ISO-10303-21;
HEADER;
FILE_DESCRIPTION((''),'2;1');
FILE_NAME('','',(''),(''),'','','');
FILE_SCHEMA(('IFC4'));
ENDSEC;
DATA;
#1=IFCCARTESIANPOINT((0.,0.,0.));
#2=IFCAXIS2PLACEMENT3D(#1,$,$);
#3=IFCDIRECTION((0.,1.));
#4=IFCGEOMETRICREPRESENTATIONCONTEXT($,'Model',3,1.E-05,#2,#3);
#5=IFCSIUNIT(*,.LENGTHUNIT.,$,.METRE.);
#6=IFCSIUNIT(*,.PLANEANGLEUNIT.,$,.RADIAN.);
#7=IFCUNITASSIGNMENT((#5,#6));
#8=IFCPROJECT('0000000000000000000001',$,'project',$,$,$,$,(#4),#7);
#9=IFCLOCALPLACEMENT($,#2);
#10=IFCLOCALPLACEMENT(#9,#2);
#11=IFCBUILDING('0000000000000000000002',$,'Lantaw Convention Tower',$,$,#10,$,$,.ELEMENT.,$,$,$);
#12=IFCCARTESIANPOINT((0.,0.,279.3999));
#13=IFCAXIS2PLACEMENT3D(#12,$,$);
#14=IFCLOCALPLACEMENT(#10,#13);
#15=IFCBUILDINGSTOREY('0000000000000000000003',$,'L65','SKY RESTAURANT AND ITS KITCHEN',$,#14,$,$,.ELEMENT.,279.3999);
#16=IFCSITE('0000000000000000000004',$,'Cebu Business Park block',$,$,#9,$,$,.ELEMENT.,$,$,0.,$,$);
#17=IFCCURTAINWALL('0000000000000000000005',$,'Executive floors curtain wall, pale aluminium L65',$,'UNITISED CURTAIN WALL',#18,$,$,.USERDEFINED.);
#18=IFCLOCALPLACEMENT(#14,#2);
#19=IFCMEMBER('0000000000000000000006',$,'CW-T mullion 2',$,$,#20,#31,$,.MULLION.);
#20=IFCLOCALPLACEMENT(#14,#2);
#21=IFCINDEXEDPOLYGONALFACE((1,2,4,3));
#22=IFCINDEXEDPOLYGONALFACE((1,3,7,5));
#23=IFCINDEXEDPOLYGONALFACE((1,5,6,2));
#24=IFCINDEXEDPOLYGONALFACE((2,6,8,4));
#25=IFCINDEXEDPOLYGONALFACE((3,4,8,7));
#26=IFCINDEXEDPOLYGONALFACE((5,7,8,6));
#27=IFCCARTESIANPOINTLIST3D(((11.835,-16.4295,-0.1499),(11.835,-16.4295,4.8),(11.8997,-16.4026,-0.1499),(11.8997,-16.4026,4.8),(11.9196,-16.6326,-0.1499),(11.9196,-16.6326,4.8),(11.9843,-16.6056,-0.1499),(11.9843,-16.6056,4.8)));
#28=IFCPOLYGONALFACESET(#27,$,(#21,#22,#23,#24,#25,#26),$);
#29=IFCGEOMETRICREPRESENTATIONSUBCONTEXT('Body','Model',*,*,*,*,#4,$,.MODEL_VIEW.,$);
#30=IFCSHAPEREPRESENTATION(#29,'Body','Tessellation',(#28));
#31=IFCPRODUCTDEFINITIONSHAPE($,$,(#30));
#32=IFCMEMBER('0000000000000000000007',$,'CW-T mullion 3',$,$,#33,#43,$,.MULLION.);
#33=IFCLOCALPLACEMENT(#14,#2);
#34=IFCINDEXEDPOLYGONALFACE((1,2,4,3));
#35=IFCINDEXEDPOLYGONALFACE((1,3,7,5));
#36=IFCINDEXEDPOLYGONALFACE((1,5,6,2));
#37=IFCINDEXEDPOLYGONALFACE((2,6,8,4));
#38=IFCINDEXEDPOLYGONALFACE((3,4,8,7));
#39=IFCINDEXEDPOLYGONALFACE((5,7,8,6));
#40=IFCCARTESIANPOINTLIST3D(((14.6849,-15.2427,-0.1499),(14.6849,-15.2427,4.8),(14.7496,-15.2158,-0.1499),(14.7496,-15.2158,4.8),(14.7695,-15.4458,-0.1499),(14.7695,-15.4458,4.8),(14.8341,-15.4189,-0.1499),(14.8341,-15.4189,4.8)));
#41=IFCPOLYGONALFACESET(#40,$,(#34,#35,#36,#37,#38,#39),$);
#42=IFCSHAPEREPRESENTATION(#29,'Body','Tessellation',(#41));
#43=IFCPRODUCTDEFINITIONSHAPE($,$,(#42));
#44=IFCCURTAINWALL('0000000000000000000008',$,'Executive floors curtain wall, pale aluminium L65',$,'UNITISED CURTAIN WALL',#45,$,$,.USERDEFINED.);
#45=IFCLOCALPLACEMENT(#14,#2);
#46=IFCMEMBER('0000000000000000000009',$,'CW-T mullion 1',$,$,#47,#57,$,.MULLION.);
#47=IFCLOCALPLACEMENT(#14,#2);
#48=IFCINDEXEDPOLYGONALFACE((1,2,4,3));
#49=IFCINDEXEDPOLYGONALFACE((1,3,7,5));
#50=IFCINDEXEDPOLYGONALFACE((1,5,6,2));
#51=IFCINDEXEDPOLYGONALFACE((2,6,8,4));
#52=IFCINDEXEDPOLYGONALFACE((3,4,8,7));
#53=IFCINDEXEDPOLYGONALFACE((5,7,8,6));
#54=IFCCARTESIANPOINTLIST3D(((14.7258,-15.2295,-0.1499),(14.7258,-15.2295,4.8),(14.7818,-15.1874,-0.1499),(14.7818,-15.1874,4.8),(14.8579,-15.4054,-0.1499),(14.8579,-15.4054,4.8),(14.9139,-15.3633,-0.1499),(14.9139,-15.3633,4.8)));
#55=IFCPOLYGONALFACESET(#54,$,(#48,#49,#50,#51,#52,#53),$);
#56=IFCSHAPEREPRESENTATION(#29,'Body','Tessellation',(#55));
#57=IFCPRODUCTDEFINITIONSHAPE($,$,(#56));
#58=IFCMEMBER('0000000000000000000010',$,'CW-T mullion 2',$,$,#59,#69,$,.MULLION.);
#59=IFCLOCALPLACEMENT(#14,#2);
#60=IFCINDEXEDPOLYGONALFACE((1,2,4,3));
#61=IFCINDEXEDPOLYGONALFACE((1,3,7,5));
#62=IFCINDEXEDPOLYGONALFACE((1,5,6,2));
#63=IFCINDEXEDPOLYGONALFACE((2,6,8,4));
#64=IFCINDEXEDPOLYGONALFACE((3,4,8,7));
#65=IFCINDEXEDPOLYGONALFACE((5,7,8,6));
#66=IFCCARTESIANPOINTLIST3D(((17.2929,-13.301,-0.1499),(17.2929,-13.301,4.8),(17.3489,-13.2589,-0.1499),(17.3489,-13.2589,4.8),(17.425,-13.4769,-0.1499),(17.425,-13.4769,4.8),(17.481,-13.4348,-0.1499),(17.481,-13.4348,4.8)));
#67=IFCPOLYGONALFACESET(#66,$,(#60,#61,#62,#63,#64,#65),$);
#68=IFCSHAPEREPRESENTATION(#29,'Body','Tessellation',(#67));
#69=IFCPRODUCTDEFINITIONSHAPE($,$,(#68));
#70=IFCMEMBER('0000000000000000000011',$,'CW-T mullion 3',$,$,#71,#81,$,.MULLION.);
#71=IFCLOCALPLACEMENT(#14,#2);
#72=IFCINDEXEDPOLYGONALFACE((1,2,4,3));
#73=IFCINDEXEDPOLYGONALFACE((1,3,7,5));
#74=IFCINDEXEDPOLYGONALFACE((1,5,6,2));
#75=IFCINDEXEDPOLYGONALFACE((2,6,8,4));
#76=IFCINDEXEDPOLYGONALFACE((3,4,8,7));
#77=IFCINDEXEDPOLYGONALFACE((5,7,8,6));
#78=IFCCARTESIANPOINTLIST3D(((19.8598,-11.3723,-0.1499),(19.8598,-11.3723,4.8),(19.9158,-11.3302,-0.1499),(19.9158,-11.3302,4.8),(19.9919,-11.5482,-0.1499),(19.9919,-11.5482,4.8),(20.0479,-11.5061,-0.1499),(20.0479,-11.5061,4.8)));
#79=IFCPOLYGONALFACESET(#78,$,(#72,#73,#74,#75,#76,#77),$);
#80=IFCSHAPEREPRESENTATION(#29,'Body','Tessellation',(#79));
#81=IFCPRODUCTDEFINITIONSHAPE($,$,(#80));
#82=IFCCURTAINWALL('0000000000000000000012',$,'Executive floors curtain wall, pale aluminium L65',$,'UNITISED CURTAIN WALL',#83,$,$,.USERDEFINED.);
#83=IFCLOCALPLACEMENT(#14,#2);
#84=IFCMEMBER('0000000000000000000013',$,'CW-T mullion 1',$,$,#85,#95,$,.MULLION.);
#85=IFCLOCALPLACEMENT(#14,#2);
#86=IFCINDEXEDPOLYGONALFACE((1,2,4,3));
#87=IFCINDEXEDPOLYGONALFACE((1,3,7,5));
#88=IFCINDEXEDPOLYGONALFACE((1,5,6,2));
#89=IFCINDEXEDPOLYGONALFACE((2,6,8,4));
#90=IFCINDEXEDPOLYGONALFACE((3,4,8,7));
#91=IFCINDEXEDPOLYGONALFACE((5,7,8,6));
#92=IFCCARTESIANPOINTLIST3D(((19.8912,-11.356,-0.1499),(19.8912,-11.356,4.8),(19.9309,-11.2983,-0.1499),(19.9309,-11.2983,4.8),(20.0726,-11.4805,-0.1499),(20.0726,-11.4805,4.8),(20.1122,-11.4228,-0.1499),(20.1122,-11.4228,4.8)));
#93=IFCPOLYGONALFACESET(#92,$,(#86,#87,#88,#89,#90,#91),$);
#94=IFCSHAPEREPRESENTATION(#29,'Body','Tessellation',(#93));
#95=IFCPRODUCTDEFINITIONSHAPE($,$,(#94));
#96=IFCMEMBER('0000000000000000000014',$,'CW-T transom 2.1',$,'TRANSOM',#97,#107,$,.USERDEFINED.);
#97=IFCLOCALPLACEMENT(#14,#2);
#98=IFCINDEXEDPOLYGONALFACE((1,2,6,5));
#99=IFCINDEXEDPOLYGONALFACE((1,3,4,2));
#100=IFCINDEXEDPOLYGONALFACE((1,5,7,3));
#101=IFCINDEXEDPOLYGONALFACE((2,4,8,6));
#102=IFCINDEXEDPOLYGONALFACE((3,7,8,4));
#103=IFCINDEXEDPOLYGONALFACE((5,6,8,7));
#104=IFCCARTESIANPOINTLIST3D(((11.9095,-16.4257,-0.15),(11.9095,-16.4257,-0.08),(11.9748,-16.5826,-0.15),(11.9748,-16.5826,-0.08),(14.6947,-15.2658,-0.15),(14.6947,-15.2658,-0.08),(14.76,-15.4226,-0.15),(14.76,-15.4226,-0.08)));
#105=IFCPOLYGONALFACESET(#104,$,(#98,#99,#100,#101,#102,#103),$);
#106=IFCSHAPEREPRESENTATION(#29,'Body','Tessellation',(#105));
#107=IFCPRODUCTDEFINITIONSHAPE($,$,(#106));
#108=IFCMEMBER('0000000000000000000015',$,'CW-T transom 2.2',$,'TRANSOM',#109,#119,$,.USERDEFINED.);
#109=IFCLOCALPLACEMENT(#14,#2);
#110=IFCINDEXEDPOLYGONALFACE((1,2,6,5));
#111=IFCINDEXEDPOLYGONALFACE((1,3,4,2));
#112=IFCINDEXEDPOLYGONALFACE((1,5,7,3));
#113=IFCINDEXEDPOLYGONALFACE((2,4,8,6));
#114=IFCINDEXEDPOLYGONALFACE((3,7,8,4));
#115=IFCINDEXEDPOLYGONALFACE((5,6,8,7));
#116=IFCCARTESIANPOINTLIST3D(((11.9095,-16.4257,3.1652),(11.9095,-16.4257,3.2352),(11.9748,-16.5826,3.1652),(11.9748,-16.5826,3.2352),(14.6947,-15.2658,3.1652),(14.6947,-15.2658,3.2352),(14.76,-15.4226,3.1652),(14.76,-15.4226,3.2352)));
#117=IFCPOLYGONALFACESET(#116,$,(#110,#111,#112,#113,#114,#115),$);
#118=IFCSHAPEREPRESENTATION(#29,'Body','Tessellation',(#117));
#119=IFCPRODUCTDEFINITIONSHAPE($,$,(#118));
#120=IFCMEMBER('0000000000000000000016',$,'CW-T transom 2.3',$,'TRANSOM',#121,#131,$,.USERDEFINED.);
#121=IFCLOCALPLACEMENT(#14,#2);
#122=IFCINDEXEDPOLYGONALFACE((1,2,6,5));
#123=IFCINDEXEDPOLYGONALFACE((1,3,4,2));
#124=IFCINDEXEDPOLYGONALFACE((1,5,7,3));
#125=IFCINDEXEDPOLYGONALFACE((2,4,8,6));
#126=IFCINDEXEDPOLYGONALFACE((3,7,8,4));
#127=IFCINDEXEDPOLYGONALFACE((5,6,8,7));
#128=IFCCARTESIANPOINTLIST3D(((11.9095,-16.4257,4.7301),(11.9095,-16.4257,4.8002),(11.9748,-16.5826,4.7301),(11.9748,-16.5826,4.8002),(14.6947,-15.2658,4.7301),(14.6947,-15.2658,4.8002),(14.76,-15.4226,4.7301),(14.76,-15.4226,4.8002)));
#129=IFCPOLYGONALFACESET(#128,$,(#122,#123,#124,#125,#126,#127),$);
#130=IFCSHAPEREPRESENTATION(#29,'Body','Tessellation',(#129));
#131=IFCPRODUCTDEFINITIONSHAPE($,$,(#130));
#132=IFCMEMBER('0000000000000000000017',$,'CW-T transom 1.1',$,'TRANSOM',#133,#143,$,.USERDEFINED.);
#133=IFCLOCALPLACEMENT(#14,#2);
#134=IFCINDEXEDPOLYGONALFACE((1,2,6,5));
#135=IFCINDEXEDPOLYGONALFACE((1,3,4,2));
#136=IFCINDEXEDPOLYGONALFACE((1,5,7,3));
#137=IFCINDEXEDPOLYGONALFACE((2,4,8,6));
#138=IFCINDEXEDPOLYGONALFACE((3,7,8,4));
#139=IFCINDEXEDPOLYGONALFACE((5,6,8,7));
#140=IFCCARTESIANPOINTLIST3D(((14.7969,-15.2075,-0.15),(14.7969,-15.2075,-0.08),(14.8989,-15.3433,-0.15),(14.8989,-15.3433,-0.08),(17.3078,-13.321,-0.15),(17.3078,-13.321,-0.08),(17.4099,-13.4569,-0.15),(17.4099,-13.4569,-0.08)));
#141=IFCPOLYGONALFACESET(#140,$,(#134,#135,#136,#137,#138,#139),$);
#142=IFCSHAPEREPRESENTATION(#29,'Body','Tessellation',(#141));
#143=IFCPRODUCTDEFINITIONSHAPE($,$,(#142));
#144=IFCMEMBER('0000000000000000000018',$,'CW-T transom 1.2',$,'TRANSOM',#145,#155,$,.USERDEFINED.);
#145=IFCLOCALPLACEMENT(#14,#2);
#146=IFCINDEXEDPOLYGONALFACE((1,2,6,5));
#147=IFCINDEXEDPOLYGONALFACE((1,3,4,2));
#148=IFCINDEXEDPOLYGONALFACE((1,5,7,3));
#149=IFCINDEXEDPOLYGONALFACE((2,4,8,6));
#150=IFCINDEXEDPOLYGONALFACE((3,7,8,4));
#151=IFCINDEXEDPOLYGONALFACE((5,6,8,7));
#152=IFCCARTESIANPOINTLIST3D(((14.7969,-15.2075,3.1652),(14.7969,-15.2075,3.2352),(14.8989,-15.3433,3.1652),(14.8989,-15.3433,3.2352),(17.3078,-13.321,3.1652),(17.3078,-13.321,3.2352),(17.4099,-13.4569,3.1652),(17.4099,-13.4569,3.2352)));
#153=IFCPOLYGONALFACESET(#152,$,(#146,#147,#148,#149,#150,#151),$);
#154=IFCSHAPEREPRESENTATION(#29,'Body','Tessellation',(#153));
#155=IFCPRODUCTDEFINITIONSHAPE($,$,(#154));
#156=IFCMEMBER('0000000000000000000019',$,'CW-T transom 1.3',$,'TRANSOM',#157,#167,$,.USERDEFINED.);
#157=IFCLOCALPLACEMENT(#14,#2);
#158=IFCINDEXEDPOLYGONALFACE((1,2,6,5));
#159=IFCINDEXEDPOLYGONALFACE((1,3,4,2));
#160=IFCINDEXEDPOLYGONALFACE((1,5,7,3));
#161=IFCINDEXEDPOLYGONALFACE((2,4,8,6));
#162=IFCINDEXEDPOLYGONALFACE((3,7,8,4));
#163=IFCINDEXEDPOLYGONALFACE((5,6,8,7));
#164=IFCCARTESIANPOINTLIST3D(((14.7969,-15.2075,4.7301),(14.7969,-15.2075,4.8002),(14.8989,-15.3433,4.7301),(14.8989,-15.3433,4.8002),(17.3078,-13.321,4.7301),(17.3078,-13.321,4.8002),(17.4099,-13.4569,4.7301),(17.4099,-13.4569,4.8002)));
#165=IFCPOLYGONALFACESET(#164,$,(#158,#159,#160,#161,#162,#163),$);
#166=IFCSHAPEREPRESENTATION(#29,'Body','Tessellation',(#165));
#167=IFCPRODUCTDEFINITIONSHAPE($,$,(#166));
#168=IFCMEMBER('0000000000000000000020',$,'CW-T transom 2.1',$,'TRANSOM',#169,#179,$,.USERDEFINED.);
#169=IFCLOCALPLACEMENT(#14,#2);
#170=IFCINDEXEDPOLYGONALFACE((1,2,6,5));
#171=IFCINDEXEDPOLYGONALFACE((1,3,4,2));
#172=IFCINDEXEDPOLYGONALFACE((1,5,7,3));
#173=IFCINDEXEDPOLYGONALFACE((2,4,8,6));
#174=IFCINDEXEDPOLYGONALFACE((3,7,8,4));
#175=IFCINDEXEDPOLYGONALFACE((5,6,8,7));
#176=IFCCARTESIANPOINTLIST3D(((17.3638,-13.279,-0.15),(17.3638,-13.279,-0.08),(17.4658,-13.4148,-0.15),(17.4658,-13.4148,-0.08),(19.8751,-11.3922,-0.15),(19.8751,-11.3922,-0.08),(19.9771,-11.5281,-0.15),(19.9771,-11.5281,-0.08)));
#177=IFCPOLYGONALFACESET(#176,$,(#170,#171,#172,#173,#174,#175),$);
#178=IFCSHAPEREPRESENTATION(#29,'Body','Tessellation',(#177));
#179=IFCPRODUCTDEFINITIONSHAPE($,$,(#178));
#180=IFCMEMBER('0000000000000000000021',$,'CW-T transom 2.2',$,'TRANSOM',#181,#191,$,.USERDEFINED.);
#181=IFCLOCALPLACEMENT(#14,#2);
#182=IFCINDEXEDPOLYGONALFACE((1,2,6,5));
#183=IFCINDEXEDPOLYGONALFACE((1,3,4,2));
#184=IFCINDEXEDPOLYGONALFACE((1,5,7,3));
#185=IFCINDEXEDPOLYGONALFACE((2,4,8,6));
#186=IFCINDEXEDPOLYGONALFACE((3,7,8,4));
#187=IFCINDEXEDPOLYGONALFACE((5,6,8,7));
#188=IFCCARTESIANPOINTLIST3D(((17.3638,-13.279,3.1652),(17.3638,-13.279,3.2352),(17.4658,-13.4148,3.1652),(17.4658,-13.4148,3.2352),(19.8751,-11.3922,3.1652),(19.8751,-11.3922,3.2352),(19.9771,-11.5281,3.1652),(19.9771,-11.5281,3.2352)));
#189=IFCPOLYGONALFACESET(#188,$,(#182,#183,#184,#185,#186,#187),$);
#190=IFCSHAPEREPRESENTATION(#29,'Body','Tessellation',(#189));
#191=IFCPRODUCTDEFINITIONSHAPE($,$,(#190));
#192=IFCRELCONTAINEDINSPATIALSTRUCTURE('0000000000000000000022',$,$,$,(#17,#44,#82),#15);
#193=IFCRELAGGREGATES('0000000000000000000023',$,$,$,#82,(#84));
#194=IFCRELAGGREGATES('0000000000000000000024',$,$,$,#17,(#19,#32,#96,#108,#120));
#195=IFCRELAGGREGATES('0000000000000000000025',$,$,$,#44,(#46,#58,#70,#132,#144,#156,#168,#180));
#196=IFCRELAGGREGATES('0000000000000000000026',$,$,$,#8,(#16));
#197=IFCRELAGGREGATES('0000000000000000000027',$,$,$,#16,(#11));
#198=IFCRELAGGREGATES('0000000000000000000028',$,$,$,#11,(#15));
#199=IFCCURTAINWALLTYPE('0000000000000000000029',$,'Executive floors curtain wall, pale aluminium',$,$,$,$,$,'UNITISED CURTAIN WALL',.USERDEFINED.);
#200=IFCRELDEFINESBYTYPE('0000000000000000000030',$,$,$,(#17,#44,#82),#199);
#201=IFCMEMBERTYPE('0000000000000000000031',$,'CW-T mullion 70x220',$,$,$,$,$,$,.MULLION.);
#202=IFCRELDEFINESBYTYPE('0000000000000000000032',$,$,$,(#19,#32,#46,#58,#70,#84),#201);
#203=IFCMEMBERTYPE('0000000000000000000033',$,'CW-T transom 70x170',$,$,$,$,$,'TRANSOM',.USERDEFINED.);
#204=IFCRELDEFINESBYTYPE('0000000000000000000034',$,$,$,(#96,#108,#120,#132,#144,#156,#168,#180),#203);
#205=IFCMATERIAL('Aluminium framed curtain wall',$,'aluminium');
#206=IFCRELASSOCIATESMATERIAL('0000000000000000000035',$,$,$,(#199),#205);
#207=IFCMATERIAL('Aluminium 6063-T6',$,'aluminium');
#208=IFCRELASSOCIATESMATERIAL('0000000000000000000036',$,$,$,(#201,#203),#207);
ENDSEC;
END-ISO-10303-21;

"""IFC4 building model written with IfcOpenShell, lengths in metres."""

from ifc_helpers import new_model, si_unit, direction, frame, origin, origin_2d, place, context, subcontext, project, spatial, rectangle, extrude, material, material_profile, profile_set, type_object, element, aggregate, save


model = new_model("IFC4")

# Units and contexts
model_context = context("Model", 3, precision=1e-05, world=origin(), true_north=direction((0.0, 1.0)))
body_context = subcontext(model_context, "Body", "Model", "MODEL_VIEW")
ifc_project = project(units=[si_unit("LENGTHUNIT", "METRE"), si_unit("PLANEANGLEUNIT", "RADIAN")], contexts=[model_context])

# Site, building, storey
site_placement = place(None, origin())
site = spatial("IfcSite", under=ifc_project, at=site_placement, Name="Cebu Business Park block", CompositionType="ELEMENT", RefElevation=0.0)
building_placement = place(site_placement, origin())
building = spatial("IfcBuilding", under=site, at=building_placement, Name="Lantaw Convention Tower", CompositionType="ELEMENT")
storey_placement = place(building_placement, frame((0.0, 0.0, 279.3999)))
storey = spatial("IfcBuildingStorey", under=building, at=storey_placement, Name="L65", Description="SKY RESTAURANT AND ITS KITCHEN", CompositionType="ELEMENT", Elevation=279.3999)

# Curtain walls, members
ifc_material_1 = material(Name="Aluminium framed curtain wall", Category="aluminium")
curtain_wall_type = type_object("IfcCurtainWallType", Name="Executive floors curtain wall, pale aluminium", ElementType="UNITISED CURTAIN WALL", PredefinedType="USERDEFINED", material=ifc_material_1)
curtain_wall_1_placement = place(storey_placement, origin())
curtain_wall_1 = element("IfcCurtainWall", 1, at=curtain_wall_1_placement, inside=storey, type_object=curtain_wall_type, Name="Executive floors curtain wall, pale aluminium L65", ObjectType="UNITISED CURTAIN WALL", PredefinedType="USERDEFINED")
ifc_material_2 = material(Name="Aluminium 6063-T6", Category="aluminium")
ifc_material_profile_1 = material_profile(ifc_material_2, rectangle(XDim=0.22, YDim=0.0701, at=origin_2d()), Name="CW-T mullion 70x220")
ifc_profile_set_1 = profile_set([ifc_material_profile_1], Name="Aluminium 6063-T6")
member_type_1 = type_object("IfcMemberType", Name="CW-T mullion 70x220", PredefinedType="MULLION", material=ifc_profile_set_1)
member_1_placement = place(storey_placement, frame((11.9097, -16.5176, -0.1499), z_axis=(0.0, 0.0, 1.0), x_axis=(-0.38446, 0.923142, 0.0)))
member_1 = element("IfcMember", 2, at=member_1_placement, type_object=member_type_1, Name="CW-T mullion 2", PredefinedType="MULLION", context=body_context, shape_type="SweptSolid", body=[
    extrude(rectangle(XDim=0.22, YDim=0.0701, at=origin_2d()), origin(), (0.0, 0.0, 1.0), 4.95),
])
member_2_placement = place(storey_placement, frame((14.7595, -15.3308, -0.1499), z_axis=(0.0, 0.0, 1.0), x_axis=(-0.38446, 0.923142, 0.0)))
member_2 = element("IfcMember", 3, at=member_2_placement, type_object=member_type_1, Name="CW-T mullion 3", PredefinedType="MULLION", context=body_context, shape_type="SweptSolid", body=[
    extrude(rectangle(XDim=0.22, YDim=0.0701, at=origin_2d()), origin(), (0.0, 0.0, 1.0), 4.95),
])
curtain_wall_2_placement = place(storey_placement, origin())
curtain_wall_2 = element("IfcCurtainWall", 4, at=curtain_wall_2_placement, inside=storey, type_object=curtain_wall_type, Name="Executive floors curtain wall, pale aluminium L65", ObjectType="UNITISED CURTAIN WALL", PredefinedType="USERDEFINED")
member_3_placement = place(storey_placement, frame((14.8198, -15.2964, -0.1499), z_axis=(0.0, 0.0, 1.0), x_axis=(-0.600643, 0.799518, 0.0)))
member_3 = element("IfcMember", 5, at=member_3_placement, type_object=member_type_1, Name="CW-T mullion 1", PredefinedType="MULLION", context=body_context, shape_type="SweptSolid", body=[
    extrude(rectangle(XDim=0.22, YDim=0.0701, at=origin_2d()), origin(), (0.0, 0.0, 1.0), 4.95),
])
member_4_placement = place(storey_placement, frame((17.387, -13.3679, -0.1499), z_axis=(0.0, 0.0, 1.0), x_axis=(-0.600643, 0.799518, 0.0)))
member_4 = element("IfcMember", 6, at=member_4_placement, type_object=member_type_1, Name="CW-T mullion 2", PredefinedType="MULLION", context=body_context, shape_type="SweptSolid", body=[
    extrude(rectangle(XDim=0.22, YDim=0.0701, at=origin_2d()), origin(), (0.0, 0.0, 1.0), 4.95),
])
member_5_placement = place(storey_placement, frame((19.9539, -11.4392, -0.1499), z_axis=(0.0, 0.0, 1.0), x_axis=(-0.600643, 0.799518, 0.0)))
member_5 = element("IfcMember", 7, at=member_5_placement, type_object=member_type_1, Name="CW-T mullion 3", PredefinedType="MULLION", context=body_context, shape_type="SweptSolid", body=[
    extrude(rectangle(XDim=0.22, YDim=0.0701, at=origin_2d()), origin(), (0.0, 0.0, 1.0), 4.95),
])

# Curtain wall, member
curtain_wall_3_placement = place(storey_placement, origin())
curtain_wall_3 = element("IfcCurtainWall", 8, at=curtain_wall_3_placement, inside=storey, type_object=curtain_wall_type, Name="Executive floors curtain wall, pale aluminium L65", ObjectType="UNITISED CURTAIN WALL", PredefinedType="USERDEFINED")
member_6_placement = place(storey_placement, frame((20.0017, -11.3894, -0.1499), z_axis=(0.0, 0.0, 1.0), x_axis=(-0.82445, 0.565935, 0.0)))
member_6 = element("IfcMember", 9, at=member_6_placement, type_object=member_type_1, Name="CW-T mullion 1", PredefinedType="MULLION", context=body_context, shape_type="SweptSolid", body=[
    extrude(rectangle(XDim=0.22, YDim=0.0701, at=origin_2d()), origin(), (0.0, 0.0, 1.0), 4.95),
])

# Members
ifc_material_profile_2 = material_profile(ifc_material_2, rectangle(XDim=0.1699, YDim=0.0701, at=origin_2d()), Name="CW-T transom 70x170")
ifc_profile_set_2 = profile_set([ifc_material_profile_2], Name="Aluminium 6063-T6")
member_type_2 = type_object("IfcMemberType", Name="CW-T transom 70x170", ElementType="TRANSOM", PredefinedType="USERDEFINED", material=ifc_profile_set_2)
member_7_placement = place(storey_placement, frame((11.9421, -16.5042, -0.115), z_axis=(0.923144, 0.384454, 0.0), x_axis=(-0.384454, 0.923144, 0.0)))
member_7 = element("IfcMember", 10, at=member_7_placement, type_object=member_type_2, Name="CW-T transom 2.1", ObjectType="TRANSOM", PredefinedType="USERDEFINED", context=body_context, shape_type="SweptSolid", body=[
    extrude(rectangle(XDim=0.1699, YDim=0.0701, at=origin_2d()), origin(), (0.0, 0.0, 1.0), 3.0171),
])
member_8_placement = place(storey_placement, frame((11.9421, -16.5042, 3.2002), z_axis=(0.923144, 0.384454, 0.0), x_axis=(-0.384454, 0.923144, 0.0)))
member_8 = element("IfcMember", 11, at=member_8_placement, type_object=member_type_2, Name="CW-T transom 2.2", ObjectType="TRANSOM", PredefinedType="USERDEFINED", context=body_context, shape_type="SweptSolid", body=[
    extrude(rectangle(XDim=0.1699, YDim=0.0701, at=origin_2d()), origin(), (0.0, 0.0, 1.0), 3.0171),
])
member_9_placement = place(storey_placement, frame((11.9421, -16.5042, 4.7651), z_axis=(0.923144, 0.384454, 0.0), x_axis=(-0.384454, 0.923144, 0.0)))
member_9 = element("IfcMember", 12, at=member_9_placement, type_object=member_type_2, Name="CW-T transom 2.3", ObjectType="TRANSOM", PredefinedType="USERDEFINED", context=body_context, shape_type="SweptSolid", body=[
    extrude(rectangle(XDim=0.1699, YDim=0.0701, at=origin_2d()), origin(), (0.0, 0.0, 1.0), 3.0171),
])
member_10_placement = place(storey_placement, frame((14.8479, -15.2754, -0.115), z_axis=(0.799505, 0.600659, 0.0), x_axis=(-0.600659, 0.799505, 0.0)))
member_10 = element("IfcMember", 13, at=member_10_placement, type_object=member_type_2, Name="CW-T transom 1.1", ObjectType="TRANSOM", PredefinedType="USERDEFINED", context=body_context, shape_type="SweptSolid", body=[
    extrude(rectangle(XDim=0.1699, YDim=0.0701, at=origin_2d()), origin(), (0.0, 0.0, 1.0), 3.1406),
])
member_11_placement = place(storey_placement, frame((14.8479, -15.2754, 3.2002), z_axis=(0.799505, 0.600659, 0.0), x_axis=(-0.600659, 0.799505, 0.0)))
member_11 = element("IfcMember", 14, at=member_11_placement, type_object=member_type_2, Name="CW-T transom 1.2", ObjectType="TRANSOM", PredefinedType="USERDEFINED", context=body_context, shape_type="SweptSolid", body=[
    extrude(rectangle(XDim=0.1699, YDim=0.0701, at=origin_2d()), origin(), (0.0, 0.0, 1.0), 3.1406),
])
member_12_placement = place(storey_placement, frame((14.8479, -15.2754, 4.7651), z_axis=(0.799505, 0.600659, 0.0), x_axis=(-0.600659, 0.799505, 0.0)))
member_12 = element("IfcMember", 15, at=member_12_placement, type_object=member_type_2, Name="CW-T transom 1.3", ObjectType="TRANSOM", PredefinedType="USERDEFINED", context=body_context, shape_type="SweptSolid", body=[
    extrude(rectangle(XDim=0.1699, YDim=0.0701, at=origin_2d()), origin(), (0.0, 0.0, 1.0), 3.1406),
])
member_13_placement = place(storey_placement, frame((17.4148, -13.3469, -0.115), z_axis=(0.799496, 0.600671, 0.0), x_axis=(-0.600671, 0.799496, 0.0)))
member_13 = element("IfcMember", 16, at=member_13_placement, type_object=member_type_2, Name="CW-T transom 2.1", ObjectType="TRANSOM", PredefinedType="USERDEFINED", context=body_context, shape_type="SweptSolid", body=[
    extrude(rectangle(XDim=0.1699, YDim=0.0701, at=origin_2d()), origin(), (0.0, 0.0, 1.0), 3.1411),
])
member_14_placement = place(storey_placement, frame((17.4148, -13.3469, 3.2002), z_axis=(0.799496, 0.600671, 0.0), x_axis=(-0.600671, 0.799496, 0.0)))
member_14 = element("IfcMember", 17, at=member_14_placement, type_object=member_type_2, Name="CW-T transom 2.2", ObjectType="TRANSOM", PredefinedType="USERDEFINED", context=body_context, shape_type="SweptSolid", body=[
    extrude(rectangle(XDim=0.1699, YDim=0.0701, at=origin_2d()), origin(), (0.0, 0.0, 1.0), 3.1411),
])
aggregate(curtain_wall_3, [member_6])

aggregate(curtain_wall_1, [member_1, member_2, member_7, member_8, member_9])
aggregate(curtain_wall_2, [member_3, member_4, member_5, member_10, member_11, member_12, member_13, member_14])

save(model, "model.ifc")
